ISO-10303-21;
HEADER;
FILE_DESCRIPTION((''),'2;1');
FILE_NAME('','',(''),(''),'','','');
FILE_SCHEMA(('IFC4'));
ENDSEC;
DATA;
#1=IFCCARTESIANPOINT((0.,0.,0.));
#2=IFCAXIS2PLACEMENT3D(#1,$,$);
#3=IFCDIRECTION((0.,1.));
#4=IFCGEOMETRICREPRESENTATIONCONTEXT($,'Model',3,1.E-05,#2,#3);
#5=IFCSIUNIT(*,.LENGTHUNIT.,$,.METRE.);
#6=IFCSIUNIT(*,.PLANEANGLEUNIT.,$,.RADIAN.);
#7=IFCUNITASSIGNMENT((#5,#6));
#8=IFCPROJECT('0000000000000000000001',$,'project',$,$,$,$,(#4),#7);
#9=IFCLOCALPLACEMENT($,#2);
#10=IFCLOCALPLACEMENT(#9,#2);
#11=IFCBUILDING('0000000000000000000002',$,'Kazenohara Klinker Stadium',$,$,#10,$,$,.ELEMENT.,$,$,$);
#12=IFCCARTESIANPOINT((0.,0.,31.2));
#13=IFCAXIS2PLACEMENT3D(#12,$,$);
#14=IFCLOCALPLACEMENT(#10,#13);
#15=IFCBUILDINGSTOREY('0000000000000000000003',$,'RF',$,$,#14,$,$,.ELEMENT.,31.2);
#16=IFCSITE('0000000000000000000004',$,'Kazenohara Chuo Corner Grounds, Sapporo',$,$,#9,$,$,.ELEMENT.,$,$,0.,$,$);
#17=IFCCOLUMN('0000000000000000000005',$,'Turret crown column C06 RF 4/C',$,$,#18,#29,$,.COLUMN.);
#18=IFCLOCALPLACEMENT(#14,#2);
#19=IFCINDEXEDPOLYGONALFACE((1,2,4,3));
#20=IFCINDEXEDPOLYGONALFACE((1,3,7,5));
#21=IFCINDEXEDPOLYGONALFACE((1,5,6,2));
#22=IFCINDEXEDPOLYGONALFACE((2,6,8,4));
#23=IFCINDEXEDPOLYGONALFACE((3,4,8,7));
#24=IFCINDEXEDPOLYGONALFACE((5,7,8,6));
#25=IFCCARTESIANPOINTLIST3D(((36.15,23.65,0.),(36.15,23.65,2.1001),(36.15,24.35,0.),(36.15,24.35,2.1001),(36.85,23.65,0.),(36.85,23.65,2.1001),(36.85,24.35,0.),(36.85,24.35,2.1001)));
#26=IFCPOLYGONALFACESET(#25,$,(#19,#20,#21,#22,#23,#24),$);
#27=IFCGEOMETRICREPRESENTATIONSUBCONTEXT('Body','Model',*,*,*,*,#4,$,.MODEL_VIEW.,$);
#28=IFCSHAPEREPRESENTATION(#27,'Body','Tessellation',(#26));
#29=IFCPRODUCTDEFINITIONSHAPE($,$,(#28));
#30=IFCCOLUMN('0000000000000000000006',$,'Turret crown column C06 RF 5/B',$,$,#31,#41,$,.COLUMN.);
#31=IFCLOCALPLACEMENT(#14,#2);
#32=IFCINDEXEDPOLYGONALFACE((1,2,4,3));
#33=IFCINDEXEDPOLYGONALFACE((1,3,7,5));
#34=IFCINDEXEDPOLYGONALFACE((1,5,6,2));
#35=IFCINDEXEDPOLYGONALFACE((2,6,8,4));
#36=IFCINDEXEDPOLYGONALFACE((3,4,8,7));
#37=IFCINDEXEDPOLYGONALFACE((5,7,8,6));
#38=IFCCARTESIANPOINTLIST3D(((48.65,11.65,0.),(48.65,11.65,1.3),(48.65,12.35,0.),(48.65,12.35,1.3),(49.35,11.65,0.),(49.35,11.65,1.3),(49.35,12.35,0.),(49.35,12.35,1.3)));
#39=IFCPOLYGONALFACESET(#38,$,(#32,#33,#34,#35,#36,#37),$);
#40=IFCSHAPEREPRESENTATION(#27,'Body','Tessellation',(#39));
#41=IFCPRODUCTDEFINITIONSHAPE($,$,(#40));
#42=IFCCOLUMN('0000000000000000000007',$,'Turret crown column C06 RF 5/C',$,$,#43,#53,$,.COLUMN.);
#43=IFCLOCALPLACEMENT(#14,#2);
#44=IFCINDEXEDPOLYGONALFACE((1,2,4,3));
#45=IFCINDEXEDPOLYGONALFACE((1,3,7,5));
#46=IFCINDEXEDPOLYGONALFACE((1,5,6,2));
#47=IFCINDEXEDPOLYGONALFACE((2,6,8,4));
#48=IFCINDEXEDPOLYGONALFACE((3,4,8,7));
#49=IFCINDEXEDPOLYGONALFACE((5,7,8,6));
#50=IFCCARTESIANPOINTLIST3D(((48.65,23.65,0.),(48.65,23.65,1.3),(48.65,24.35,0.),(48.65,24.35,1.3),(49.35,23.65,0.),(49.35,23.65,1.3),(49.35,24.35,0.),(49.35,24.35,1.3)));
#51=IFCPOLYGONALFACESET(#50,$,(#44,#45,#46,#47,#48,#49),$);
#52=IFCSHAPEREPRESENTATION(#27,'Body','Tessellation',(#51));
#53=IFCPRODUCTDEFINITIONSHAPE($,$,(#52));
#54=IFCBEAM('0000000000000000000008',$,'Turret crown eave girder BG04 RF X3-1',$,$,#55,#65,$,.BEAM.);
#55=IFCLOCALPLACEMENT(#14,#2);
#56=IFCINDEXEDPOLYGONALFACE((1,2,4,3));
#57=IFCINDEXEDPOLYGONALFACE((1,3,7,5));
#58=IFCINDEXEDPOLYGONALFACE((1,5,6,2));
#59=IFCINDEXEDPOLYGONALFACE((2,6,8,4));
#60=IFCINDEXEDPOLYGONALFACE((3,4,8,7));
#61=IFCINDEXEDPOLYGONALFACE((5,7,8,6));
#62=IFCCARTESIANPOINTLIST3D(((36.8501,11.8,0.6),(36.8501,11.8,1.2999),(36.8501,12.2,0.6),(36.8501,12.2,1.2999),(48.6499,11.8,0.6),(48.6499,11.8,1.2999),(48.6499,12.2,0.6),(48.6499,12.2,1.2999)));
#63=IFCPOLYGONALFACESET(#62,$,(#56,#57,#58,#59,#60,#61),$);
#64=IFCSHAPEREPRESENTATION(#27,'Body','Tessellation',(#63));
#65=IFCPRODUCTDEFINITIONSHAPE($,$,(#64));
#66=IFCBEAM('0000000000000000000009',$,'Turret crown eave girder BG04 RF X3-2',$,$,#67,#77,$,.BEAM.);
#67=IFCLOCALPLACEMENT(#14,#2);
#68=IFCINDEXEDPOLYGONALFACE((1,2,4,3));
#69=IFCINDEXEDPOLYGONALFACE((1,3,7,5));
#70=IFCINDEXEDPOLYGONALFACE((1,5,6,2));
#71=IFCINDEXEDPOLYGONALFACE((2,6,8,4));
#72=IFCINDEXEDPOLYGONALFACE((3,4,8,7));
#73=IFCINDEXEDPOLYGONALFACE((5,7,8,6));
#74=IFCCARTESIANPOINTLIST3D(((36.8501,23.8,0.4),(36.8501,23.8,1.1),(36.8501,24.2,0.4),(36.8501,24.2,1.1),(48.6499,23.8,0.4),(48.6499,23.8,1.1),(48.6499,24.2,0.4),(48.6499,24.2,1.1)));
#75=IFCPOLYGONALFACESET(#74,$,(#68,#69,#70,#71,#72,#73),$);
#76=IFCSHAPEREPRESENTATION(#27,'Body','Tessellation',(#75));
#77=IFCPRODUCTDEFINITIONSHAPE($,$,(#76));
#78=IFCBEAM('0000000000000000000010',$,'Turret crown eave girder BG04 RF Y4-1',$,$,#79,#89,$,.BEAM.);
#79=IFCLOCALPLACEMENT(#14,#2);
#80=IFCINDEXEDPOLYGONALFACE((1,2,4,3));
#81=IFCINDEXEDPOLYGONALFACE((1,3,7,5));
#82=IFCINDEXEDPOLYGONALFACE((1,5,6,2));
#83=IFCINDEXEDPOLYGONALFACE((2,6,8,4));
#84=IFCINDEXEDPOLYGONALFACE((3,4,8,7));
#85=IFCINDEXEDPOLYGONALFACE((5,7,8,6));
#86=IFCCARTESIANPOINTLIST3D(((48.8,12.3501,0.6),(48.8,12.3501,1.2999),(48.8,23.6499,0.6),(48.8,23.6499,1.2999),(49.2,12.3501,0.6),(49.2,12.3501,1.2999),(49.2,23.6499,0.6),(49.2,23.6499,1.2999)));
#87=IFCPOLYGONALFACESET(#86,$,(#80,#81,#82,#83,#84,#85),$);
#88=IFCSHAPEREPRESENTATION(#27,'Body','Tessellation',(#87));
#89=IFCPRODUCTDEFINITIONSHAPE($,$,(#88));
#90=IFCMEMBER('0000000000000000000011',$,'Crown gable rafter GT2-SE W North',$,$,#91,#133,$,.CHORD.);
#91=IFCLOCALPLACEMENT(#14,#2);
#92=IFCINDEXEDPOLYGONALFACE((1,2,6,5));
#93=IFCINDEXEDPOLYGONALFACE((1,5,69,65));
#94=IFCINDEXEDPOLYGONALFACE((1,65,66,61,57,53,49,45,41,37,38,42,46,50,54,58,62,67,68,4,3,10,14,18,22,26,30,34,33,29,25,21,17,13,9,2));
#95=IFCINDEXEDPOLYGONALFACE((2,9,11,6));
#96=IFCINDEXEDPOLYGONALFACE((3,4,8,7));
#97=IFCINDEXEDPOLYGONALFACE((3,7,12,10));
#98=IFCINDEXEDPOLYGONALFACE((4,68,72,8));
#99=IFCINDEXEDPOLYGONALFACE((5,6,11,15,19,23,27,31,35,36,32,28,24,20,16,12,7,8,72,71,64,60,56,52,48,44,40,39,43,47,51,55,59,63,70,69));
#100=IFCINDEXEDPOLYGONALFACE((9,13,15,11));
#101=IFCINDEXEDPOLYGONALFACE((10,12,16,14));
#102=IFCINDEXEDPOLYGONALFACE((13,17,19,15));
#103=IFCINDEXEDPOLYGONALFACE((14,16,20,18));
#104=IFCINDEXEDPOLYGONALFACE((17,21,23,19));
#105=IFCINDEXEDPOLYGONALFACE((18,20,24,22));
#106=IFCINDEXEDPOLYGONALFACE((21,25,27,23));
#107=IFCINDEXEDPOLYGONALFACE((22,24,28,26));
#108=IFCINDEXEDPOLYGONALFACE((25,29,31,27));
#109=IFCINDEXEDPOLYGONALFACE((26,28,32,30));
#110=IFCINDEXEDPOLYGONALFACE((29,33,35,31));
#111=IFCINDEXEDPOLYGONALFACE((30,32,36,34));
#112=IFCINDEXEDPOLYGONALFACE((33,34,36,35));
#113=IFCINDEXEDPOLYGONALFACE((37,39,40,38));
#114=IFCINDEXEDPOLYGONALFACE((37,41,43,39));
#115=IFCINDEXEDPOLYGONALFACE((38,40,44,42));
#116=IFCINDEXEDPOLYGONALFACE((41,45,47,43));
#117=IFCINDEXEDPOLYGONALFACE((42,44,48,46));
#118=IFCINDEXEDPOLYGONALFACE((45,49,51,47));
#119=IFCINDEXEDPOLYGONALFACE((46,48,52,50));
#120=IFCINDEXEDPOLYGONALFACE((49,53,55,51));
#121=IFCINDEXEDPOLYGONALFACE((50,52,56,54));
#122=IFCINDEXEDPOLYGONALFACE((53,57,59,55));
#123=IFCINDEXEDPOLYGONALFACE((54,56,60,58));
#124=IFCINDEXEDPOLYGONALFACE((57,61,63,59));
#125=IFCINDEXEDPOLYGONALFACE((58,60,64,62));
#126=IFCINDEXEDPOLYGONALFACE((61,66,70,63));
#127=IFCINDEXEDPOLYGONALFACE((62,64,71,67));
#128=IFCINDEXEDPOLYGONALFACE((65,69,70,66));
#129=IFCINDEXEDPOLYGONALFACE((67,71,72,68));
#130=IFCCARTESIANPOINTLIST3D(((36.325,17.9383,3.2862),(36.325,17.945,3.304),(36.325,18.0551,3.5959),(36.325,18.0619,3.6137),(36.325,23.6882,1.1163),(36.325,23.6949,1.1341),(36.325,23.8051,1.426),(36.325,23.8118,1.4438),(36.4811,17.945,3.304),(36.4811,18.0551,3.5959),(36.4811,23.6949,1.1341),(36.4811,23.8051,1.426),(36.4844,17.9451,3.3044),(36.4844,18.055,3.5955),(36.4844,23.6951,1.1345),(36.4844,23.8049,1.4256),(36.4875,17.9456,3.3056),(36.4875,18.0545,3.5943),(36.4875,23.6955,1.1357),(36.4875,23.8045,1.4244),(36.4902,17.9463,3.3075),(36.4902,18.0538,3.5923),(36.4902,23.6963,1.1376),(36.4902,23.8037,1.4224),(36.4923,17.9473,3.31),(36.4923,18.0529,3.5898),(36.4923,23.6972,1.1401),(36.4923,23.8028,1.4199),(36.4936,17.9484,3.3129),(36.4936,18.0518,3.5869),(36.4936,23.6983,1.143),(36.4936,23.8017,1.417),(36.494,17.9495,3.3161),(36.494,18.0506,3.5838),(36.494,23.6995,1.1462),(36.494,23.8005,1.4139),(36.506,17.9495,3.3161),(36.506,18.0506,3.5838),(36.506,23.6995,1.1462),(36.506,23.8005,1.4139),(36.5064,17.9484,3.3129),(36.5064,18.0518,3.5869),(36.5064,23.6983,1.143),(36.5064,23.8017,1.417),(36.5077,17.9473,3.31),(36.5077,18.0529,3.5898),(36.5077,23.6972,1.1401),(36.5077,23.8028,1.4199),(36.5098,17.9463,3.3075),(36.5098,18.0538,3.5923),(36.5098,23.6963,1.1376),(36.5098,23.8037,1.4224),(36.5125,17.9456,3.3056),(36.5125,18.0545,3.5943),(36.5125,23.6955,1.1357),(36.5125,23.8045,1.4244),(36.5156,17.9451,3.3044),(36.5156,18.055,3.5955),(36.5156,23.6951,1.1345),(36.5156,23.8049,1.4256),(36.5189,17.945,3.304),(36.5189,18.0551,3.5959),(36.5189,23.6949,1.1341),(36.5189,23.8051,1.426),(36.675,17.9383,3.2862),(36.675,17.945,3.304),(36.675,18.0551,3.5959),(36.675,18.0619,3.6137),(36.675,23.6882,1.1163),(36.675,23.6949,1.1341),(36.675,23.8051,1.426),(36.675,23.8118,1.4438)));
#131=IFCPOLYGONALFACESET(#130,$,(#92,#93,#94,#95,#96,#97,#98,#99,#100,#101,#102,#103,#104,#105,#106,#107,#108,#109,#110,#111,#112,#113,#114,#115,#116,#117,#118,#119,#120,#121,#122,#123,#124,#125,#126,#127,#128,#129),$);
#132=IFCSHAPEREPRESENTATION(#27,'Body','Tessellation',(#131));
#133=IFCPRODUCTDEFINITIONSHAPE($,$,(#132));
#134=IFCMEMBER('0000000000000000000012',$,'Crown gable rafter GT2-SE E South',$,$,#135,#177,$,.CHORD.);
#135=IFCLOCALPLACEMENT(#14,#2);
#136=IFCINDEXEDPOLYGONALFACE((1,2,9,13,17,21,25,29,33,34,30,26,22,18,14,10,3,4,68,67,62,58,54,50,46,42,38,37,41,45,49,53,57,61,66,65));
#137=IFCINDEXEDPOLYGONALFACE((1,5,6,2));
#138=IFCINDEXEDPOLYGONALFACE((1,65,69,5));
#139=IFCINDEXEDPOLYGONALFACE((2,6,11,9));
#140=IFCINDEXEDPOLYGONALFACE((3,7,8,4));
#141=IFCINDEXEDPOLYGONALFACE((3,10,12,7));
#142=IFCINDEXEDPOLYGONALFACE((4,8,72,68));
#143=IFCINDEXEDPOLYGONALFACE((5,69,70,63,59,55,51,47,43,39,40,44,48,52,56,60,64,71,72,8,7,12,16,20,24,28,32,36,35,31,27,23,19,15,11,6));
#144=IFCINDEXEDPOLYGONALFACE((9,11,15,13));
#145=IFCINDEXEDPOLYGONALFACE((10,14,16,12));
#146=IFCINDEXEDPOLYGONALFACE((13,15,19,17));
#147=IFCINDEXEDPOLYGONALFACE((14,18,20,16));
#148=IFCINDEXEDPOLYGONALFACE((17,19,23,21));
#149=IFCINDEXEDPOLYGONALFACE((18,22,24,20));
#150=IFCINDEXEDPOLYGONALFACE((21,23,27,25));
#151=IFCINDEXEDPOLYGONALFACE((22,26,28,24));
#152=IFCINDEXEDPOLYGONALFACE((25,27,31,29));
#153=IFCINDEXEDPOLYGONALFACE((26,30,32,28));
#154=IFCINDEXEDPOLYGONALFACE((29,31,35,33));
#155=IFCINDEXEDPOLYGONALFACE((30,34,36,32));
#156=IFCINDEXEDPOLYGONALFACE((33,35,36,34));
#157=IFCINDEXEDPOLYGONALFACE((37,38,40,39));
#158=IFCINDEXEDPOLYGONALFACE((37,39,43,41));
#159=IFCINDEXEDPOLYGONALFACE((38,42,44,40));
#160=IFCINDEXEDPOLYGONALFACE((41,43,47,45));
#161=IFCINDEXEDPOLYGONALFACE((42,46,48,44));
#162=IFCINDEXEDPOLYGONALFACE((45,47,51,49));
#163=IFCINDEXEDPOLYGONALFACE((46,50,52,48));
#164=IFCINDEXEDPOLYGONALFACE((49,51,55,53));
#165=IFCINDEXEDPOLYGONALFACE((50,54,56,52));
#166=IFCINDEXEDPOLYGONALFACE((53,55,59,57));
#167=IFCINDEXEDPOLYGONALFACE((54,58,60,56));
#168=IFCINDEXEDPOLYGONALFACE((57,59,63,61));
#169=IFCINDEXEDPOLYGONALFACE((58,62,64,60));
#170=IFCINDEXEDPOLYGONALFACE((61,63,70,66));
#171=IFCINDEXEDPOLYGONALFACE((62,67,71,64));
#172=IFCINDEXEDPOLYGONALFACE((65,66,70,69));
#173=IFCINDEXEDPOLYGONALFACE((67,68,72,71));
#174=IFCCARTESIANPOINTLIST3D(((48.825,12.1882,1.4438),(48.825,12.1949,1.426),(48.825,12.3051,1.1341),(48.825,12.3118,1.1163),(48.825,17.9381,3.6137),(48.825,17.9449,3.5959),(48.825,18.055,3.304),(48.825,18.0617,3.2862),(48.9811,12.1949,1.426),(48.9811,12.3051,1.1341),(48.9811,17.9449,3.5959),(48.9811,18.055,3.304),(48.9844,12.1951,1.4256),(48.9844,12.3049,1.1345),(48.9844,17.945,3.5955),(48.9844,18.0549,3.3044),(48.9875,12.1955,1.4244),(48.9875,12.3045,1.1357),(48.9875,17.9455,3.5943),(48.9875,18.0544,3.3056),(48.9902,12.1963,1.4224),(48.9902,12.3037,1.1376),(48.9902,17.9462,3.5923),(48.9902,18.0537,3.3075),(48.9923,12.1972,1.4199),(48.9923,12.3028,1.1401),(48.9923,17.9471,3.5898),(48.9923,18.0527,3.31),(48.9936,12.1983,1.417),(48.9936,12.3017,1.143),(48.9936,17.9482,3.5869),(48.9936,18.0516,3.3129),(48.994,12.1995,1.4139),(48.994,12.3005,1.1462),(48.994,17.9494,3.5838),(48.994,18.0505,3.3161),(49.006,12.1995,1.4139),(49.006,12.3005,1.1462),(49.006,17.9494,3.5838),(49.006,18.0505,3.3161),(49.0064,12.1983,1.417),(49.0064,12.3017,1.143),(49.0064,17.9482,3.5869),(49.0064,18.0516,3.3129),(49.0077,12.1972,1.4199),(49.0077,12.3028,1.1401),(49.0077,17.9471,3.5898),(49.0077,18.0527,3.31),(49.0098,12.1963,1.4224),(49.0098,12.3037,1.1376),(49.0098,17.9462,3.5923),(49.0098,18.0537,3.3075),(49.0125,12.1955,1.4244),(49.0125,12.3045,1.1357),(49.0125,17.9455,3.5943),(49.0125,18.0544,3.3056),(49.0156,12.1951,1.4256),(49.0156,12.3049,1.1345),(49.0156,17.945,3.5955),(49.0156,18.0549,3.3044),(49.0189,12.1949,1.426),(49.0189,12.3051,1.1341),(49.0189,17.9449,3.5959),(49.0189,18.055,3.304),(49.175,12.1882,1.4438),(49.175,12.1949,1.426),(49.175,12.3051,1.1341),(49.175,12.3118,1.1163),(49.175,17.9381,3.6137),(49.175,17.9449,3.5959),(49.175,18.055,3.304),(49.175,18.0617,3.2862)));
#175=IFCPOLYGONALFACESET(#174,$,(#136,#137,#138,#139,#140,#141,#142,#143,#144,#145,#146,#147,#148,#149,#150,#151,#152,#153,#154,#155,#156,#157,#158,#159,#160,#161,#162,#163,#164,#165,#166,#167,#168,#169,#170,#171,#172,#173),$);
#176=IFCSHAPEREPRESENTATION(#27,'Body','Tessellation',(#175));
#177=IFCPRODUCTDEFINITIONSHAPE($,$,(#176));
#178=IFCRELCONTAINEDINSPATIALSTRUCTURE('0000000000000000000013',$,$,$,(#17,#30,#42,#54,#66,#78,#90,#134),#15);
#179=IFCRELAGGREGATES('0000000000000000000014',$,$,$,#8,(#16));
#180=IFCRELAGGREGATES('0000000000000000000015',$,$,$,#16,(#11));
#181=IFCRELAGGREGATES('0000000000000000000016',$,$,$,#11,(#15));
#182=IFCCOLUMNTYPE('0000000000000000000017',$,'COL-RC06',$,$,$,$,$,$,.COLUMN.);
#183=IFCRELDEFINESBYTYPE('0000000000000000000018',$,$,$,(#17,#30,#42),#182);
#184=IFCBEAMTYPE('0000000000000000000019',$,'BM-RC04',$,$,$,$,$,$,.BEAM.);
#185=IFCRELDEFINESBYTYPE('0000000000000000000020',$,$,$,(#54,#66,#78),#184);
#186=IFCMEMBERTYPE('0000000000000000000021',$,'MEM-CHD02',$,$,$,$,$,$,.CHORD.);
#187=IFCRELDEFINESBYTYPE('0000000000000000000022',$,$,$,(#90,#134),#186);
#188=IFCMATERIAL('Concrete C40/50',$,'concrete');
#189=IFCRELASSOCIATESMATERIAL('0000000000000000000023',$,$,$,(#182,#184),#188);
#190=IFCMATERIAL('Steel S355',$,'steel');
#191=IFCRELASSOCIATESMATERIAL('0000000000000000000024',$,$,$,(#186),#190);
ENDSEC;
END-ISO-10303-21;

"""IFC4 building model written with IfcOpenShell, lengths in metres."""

from ifc_helpers import new_model, si_unit, direction, frame, origin, origin_2d, place, context, subcontext, project, spatial, rectangle, i_section, extrude, material, material_profile, profile_set, type_object, element, save


model = new_model("IFC4")

# Units and contexts
model_context = context("Model", 3, precision=1e-05, world=origin(), true_north=direction((0.0, 1.0)))
body_context = subcontext(model_context, "Body", "Model", "MODEL_VIEW")
ifc_project = project(units=[si_unit("LENGTHUNIT", "METRE"), si_unit("PLANEANGLEUNIT", "RADIAN")], contexts=[model_context])

# Site, building, storey
site_placement = place(None, origin())
site = spatial("IfcSite", under=ifc_project, at=site_placement, Name="Kazenohara Chuo Corner Grounds, Sapporo", CompositionType="ELEMENT", RefElevation=0.0)
building_placement = place(site_placement, origin())
building = spatial("IfcBuilding", under=site, at=building_placement, Name="Kazenohara Klinker Stadium", CompositionType="ELEMENT")
storey_placement = place(building_placement, frame((0.0, 0.0, 31.2)))
storey = spatial("IfcBuildingStorey", under=building, at=storey_placement, Name="RF", CompositionType="ELEMENT", Elevation=31.2)

# Columns
ifc_material_1 = material(Name="Concrete C40/50", Category="concrete")
ifc_material_profile_1 = material_profile(ifc_material_1, rectangle(XDim=0.7, YDim=0.7, at=origin_2d()), Name="RC-COL-700x700")
ifc_profile_set_1 = profile_set([ifc_material_profile_1], Name="Concrete C40/50")
column_type = type_object("IfcColumnType", Name="COL-RC06", PredefinedType="COLUMN", material=ifc_profile_set_1)
column_placement = place(storey_placement, frame((36.5, 24.0, 0.0), z_axis=(0.0, 0.0, 1.0), x_axis=(1.0, 0.0, 0.0)))
element("IfcColumn", 1, at=column_placement, inside=storey, type_object=column_type, Name="Turret crown column C06 RF 4/C", PredefinedType="COLUMN", context=body_context, shape_type="SweptSolid", body=[
    extrude(rectangle(XDim=0.7, YDim=0.7, at=origin_2d()), origin(), (0.0, 0.0, 1.0), 2.1001),
])
for number, where, z_axis, x_axis, name in (
    (2, (49.0, 12.0, 0.0), (0.0, 0.0, 1.0), (1.0, 0.0, 0.0), "Turret crown column C06 RF 5/B"),
    (3, (49.0, 24.0, 0.0), (0.0, 0.0, 1.0), (1.0, 0.0, 0.0), "Turret crown column C06 RF 5/C"),
):
    element("IfcColumn", number, at=place(storey_placement, frame(where, z_axis=z_axis, x_axis=x_axis)), inside=storey, type_object=column_type, Name=name, PredefinedType="COLUMN", context=body_context, shape_type="SweptSolid", body=[
        extrude(rectangle(XDim=0.7, YDim=0.7, at=origin_2d()), origin(), (0.0, 0.0, 1.0), 1.3),
    ])

# Beams
ifc_material_profile_2 = material_profile(ifc_material_1, rectangle(XDim=0.3999, YDim=0.7, at=origin_2d()), Name="RC-BM-400x700")
ifc_profile_set_2 = profile_set([ifc_material_profile_2], Name="Concrete C40/50")
beam_type_1 = type_object("IfcBeamType", Name="BM-RC04", PredefinedType="BEAM", material=ifc_profile_set_2)
for number, where, z_axis, x_axis, name in (
    (4, (36.8501, 12.0, 0.95), (1.0, 0.0, 0.0), (0.0, 1.0, 0.0), "Turret crown eave girder BG04 RF X3-1"),
    (5, (36.8501, 24.0, 0.75), (1.0, 0.0, 0.0), (0.0, 1.0, 0.0), "Turret crown eave girder BG04 RF X3-2"),
):
    element("IfcBeam", number, at=place(storey_placement, frame(where, z_axis=z_axis, x_axis=x_axis)), inside=storey, type_object=beam_type_1, Name=name, PredefinedType="BEAM", context=body_context, shape_type="SweptSolid", body=[
        extrude(rectangle(XDim=0.3999, YDim=0.7, at=origin_2d()), origin(), (0.0, 0.0, 1.0), 11.7998),
    ])
beam_1_placement = place(storey_placement, frame((49.0, 12.3501, 0.95), z_axis=(0.0, 1.0, 0.0), x_axis=(-1.0, 0.0, 0.0)))
element("IfcBeam", 6, at=beam_1_placement, inside=storey, type_object=beam_type_1, Name="Turret crown eave girder BG04 RF Y4-1", PredefinedType="BEAM", context=body_context, shape_type="SweptSolid", body=[
    extrude(rectangle(XDim=0.3999, YDim=0.7, at=origin_2d()), origin(), (0.0, 0.0, 1.0), 11.2998),
])

# Members
ifc_material_2 = material(Name="Steel S355", Category="steel")
ifc_material_profile_3 = material_profile(ifc_material_2, i_section(OverallWidth=0.3501, OverallDepth=0.3501, WebThickness=0.012, FlangeThickness=0.019, FilletRadius=0.0129, at=origin_2d()), Name="H-350x350x12x19")
ifc_profile_set_3 = profile_set([ifc_material_profile_3], Name="Steel S355")
member_type_1 = type_object("IfcMemberType", Name="MEM-CHD02", PredefinedType="CHORD", material=ifc_profile_set_3)
for number, where, z_axis, x_axis, name in (
    (7, (36.5, 23.75, 1.28), (0.0, -0.935596, 0.353073), (1.0, 0.0, 0.0), "Crown gable rafter GT2-SE W North"),
    (8, (49.0, 12.25, 1.28), (0.0, 0.935596, 0.353073), (-1.0, 0.0, 0.0), "Crown gable rafter GT2-SE E South"),
):
    element("IfcMember", number, at=place(storey_placement, frame(where, z_axis=z_axis, x_axis=x_axis)), inside=storey, type_object=member_type_1, Name=name, PredefinedType="CHORD", context=body_context, shape_type="SweptSolid", body=[
        extrude(i_section(OverallWidth=0.3501, OverallDepth=0.3501, WebThickness=0.012, FlangeThickness=0.019, FilletRadius=0.0129, at=origin_2d()), origin(), (0.0, 0.0, 1.0), 6.1458),
    ])

save(model, "model.ifc")
